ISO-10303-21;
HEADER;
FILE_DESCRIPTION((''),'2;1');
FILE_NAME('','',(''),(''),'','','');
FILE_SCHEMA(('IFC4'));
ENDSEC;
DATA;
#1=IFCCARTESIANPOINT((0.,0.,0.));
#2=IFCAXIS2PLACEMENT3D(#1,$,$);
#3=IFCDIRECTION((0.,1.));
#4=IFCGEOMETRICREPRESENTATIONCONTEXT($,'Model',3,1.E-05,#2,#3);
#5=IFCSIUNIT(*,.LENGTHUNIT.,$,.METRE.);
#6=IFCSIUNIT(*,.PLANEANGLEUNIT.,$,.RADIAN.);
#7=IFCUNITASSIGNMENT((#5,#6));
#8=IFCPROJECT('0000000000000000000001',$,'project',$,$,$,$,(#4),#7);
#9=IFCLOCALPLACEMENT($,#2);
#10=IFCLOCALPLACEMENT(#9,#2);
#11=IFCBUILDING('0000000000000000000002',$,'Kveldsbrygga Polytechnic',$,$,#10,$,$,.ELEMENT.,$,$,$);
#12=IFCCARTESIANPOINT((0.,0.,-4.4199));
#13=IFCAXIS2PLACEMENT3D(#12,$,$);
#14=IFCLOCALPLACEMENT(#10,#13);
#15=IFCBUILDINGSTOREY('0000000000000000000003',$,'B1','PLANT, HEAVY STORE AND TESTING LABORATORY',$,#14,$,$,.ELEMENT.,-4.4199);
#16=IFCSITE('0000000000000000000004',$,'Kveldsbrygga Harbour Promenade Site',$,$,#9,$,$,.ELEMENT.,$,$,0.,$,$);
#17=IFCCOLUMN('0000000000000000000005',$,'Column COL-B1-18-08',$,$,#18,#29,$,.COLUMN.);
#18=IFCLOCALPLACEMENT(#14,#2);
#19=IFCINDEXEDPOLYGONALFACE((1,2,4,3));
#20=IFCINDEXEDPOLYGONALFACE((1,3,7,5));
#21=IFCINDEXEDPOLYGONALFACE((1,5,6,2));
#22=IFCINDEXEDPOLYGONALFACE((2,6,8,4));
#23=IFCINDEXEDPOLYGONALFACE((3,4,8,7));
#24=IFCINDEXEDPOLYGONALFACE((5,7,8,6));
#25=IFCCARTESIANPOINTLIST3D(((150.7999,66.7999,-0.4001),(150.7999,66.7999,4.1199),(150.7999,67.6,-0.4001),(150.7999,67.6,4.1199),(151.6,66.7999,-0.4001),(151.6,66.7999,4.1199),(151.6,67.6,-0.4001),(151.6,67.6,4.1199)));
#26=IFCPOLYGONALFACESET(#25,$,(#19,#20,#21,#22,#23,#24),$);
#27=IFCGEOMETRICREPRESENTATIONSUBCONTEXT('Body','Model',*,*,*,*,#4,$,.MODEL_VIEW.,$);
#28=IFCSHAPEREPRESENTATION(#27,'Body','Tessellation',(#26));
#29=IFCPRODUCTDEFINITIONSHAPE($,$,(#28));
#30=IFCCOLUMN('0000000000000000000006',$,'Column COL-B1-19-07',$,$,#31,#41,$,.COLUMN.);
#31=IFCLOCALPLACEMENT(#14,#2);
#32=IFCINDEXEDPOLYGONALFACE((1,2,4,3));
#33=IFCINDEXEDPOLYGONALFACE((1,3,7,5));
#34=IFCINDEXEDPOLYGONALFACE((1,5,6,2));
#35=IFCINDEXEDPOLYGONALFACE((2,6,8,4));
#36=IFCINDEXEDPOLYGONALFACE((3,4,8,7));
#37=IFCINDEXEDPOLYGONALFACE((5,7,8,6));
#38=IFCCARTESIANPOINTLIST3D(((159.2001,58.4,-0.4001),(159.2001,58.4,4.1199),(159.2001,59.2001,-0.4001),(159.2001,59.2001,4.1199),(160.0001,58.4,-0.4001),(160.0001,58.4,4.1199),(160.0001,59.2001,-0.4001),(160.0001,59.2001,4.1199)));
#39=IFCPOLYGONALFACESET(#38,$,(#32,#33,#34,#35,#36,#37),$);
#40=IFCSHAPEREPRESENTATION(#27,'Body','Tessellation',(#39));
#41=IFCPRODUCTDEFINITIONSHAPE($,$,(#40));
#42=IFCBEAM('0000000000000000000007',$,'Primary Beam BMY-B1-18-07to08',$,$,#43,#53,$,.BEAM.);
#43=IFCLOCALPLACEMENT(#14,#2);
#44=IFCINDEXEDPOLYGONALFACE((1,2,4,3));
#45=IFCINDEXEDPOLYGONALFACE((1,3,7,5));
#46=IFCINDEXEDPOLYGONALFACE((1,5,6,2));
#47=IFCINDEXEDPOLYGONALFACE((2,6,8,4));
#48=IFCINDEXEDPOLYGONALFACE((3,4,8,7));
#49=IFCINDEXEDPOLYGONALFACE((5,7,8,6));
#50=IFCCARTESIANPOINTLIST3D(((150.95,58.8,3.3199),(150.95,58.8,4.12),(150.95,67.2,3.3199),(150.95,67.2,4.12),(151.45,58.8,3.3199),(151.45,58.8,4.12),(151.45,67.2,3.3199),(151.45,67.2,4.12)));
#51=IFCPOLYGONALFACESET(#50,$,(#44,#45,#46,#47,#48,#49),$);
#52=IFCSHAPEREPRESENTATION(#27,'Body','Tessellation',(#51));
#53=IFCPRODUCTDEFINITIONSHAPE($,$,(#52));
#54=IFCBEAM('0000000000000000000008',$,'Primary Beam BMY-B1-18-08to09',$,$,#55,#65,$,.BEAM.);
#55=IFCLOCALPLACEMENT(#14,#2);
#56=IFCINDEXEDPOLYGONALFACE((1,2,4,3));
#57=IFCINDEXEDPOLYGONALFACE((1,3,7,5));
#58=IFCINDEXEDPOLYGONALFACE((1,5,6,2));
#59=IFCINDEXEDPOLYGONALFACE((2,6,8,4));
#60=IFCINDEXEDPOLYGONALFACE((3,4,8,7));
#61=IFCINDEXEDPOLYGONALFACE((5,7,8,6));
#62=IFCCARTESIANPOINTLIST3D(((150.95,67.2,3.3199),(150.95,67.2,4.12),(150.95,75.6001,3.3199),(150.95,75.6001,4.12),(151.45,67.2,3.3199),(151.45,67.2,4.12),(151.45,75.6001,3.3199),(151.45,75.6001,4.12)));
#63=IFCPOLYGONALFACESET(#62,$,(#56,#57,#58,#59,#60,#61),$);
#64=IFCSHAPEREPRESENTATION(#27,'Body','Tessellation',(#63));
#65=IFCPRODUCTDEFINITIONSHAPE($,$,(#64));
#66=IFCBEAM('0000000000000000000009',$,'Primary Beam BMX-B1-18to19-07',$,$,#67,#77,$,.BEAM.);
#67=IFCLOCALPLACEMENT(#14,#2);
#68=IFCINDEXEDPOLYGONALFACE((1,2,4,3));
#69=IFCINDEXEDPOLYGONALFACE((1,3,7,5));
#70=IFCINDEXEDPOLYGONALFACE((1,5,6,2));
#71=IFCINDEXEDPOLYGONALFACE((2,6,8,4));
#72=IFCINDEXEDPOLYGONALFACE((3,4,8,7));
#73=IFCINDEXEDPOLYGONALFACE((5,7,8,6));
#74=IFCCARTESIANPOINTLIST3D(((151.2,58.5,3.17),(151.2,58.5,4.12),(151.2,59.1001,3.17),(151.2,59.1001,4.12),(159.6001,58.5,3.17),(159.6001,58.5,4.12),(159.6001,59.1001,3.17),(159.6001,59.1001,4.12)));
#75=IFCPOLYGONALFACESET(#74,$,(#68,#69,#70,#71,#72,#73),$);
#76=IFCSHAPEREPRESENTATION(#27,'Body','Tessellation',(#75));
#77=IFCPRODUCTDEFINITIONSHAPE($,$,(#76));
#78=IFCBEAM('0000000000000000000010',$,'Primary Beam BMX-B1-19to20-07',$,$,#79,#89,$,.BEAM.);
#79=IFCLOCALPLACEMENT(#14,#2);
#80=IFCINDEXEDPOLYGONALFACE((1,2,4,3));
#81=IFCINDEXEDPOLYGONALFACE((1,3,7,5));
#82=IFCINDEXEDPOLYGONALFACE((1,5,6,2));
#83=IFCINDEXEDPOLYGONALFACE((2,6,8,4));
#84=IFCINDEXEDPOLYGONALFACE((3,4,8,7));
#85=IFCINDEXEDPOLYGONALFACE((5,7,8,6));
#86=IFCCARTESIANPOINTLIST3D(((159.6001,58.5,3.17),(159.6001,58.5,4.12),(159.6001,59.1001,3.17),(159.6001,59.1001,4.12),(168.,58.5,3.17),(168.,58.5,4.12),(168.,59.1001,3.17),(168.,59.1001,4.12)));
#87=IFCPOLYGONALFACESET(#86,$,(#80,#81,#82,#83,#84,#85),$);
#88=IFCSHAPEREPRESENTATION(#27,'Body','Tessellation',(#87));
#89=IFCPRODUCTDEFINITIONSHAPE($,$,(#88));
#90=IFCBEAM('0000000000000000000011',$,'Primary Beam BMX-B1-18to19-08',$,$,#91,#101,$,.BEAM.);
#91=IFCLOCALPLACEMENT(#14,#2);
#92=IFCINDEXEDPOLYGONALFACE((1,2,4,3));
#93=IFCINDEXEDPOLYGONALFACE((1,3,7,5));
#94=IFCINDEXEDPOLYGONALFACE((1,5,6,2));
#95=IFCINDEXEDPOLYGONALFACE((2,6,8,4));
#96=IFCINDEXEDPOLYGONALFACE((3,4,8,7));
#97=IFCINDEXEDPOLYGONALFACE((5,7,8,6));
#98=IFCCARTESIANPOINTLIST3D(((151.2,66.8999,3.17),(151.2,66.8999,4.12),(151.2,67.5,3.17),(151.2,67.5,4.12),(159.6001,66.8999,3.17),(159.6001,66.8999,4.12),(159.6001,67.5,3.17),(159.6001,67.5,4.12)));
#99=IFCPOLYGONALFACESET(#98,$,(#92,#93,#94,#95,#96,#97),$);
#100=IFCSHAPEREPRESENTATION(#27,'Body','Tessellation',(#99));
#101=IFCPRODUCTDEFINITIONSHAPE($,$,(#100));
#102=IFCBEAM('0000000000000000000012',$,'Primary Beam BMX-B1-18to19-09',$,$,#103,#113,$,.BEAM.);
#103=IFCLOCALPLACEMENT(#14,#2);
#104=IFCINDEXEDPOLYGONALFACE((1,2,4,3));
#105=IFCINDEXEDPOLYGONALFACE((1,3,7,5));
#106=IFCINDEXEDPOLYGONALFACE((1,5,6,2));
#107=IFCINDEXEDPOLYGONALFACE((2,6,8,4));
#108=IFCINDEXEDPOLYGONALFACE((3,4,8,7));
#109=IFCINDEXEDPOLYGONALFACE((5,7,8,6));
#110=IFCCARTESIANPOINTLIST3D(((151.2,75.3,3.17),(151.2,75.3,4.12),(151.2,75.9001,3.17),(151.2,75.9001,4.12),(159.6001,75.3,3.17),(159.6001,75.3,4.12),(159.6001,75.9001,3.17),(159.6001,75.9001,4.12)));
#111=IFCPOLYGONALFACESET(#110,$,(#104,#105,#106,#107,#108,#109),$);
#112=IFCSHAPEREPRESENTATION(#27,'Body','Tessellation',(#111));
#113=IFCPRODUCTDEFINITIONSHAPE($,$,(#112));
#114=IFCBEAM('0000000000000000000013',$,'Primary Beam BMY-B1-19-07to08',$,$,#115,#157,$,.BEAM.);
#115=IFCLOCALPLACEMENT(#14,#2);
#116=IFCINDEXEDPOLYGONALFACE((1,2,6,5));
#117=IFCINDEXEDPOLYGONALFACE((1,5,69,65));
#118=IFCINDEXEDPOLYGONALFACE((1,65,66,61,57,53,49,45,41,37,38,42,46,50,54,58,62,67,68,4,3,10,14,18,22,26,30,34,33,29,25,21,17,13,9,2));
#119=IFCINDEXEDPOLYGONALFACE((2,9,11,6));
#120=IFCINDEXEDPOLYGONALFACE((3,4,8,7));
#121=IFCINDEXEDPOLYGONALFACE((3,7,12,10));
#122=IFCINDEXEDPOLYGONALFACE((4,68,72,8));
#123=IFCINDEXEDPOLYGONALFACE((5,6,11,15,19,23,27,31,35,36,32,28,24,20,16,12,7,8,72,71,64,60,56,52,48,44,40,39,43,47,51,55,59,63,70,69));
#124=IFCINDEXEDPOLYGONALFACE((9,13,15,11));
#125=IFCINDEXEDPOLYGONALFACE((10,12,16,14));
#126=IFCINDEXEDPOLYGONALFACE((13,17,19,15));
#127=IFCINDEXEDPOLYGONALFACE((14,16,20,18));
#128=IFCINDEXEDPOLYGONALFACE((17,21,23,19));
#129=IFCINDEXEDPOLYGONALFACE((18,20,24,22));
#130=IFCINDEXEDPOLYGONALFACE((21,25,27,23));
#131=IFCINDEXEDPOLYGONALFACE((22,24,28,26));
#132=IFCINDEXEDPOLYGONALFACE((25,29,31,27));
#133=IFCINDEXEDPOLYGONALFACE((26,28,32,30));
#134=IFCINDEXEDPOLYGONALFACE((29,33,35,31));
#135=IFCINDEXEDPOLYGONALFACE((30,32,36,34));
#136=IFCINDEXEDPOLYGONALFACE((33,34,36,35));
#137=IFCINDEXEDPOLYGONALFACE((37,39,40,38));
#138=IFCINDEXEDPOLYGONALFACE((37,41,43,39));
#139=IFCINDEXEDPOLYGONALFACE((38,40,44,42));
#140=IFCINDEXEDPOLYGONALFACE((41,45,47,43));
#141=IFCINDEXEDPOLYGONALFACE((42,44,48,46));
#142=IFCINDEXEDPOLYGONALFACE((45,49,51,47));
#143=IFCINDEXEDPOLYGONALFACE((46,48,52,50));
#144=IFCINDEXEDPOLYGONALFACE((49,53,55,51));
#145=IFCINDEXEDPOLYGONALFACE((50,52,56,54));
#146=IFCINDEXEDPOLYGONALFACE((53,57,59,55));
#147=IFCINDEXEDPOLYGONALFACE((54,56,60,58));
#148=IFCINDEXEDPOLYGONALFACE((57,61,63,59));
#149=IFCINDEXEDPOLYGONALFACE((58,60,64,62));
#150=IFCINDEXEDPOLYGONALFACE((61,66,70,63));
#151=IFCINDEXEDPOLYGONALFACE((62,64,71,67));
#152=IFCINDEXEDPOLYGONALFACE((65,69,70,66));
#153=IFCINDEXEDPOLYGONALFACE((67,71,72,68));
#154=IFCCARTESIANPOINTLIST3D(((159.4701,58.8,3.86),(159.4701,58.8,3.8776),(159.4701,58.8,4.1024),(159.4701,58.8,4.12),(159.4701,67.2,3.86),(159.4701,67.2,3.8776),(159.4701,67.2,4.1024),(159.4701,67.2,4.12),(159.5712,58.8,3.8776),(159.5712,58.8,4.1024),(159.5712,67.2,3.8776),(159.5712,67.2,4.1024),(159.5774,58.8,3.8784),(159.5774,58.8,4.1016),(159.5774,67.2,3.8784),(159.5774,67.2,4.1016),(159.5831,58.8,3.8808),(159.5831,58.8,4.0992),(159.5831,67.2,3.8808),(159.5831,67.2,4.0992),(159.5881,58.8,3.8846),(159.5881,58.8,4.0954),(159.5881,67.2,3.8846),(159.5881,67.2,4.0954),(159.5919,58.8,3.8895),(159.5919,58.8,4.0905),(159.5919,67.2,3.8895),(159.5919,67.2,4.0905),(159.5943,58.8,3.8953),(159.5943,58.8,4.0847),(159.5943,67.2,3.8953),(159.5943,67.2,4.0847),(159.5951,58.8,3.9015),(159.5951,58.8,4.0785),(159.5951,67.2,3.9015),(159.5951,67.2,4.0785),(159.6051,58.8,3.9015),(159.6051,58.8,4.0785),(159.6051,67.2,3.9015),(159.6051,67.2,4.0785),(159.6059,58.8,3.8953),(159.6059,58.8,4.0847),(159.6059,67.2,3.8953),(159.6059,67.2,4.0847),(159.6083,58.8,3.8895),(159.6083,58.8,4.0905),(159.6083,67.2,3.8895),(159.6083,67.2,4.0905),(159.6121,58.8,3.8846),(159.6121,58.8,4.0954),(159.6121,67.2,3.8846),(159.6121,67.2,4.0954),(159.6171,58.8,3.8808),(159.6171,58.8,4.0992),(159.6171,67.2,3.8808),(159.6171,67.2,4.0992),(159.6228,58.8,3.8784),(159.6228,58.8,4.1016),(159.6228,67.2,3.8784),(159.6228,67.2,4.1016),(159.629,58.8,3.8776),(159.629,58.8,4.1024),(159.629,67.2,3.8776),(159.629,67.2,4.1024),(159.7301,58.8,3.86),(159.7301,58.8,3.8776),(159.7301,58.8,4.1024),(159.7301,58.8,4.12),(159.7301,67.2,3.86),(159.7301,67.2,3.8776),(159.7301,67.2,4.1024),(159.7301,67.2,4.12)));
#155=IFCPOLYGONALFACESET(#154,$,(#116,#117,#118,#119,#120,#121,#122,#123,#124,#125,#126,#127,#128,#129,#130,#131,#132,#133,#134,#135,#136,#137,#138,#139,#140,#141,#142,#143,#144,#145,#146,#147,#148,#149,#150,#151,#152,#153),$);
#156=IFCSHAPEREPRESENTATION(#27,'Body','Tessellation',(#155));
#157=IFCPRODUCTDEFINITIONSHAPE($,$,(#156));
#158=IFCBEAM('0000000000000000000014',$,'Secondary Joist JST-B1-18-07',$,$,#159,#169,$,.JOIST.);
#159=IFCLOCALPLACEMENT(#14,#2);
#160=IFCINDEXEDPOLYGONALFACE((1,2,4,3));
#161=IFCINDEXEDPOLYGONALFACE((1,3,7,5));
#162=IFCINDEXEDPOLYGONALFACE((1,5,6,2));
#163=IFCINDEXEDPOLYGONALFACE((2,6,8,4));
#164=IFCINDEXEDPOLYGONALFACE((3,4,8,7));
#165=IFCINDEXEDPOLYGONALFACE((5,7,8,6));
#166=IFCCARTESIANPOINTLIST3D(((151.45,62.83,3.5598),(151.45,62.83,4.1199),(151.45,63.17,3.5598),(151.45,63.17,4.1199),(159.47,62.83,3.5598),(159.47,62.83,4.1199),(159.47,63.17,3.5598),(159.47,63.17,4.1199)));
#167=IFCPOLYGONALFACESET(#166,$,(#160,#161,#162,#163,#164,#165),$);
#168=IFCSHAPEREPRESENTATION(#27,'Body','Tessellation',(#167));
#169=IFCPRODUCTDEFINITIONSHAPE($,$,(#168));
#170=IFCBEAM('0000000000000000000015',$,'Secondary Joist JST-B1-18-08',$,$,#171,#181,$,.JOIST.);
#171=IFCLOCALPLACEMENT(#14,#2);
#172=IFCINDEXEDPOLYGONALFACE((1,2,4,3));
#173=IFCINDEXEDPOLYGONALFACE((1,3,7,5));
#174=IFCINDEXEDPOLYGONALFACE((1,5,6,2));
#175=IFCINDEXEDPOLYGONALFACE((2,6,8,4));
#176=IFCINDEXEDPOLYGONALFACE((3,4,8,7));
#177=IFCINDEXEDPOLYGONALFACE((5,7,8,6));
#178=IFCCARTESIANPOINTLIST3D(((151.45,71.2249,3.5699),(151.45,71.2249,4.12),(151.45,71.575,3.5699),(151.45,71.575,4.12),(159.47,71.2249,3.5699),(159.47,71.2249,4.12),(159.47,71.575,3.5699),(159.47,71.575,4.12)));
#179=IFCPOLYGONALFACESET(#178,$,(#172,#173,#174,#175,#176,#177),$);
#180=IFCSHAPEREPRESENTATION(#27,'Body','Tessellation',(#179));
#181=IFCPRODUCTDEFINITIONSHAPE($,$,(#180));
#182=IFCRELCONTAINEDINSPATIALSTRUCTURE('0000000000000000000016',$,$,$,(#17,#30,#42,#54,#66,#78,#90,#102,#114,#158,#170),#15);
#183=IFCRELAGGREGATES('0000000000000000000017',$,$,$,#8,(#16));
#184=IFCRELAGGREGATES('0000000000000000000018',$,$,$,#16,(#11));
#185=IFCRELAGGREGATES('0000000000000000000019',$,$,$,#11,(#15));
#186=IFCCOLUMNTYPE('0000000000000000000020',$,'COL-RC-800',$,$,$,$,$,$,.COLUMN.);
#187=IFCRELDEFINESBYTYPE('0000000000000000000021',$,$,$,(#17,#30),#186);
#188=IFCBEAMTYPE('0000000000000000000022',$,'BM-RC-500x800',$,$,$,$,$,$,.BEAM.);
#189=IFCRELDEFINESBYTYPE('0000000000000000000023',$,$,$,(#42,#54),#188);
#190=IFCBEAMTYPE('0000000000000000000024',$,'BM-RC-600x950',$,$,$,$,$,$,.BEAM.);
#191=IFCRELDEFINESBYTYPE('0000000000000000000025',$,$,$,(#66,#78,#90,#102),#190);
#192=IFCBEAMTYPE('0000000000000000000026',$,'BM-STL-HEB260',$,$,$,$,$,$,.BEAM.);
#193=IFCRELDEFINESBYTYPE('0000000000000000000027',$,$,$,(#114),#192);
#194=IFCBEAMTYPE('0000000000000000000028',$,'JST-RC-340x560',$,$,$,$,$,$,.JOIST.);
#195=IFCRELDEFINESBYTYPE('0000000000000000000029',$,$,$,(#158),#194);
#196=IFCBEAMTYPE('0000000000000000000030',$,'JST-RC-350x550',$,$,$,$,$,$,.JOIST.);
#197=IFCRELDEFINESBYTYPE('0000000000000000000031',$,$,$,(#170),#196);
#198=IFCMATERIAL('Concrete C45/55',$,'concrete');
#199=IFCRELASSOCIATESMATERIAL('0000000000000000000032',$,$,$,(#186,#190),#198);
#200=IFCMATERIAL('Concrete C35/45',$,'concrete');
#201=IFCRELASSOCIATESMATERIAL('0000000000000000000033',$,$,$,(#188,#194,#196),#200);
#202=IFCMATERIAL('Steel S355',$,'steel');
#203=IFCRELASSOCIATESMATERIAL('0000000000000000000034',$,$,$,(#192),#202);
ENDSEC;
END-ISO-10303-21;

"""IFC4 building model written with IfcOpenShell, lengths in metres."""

from ifc_helpers import new_model, si_unit, direction, frame, origin, origin_2d, place, context, subcontext, project, spatial, rectangle, i_section, extrude, material, material_profile, profile_set, type_object, element, save


model = new_model("IFC4")

# Units and contexts
model_context = context("Model", 3, precision=1e-05, world=origin(), true_north=direction((0.0, 1.0)))
body_context = subcontext(model_context, "Body", "Model", "MODEL_VIEW")
ifc_project = project(units=[si_unit("LENGTHUNIT", "METRE"), si_unit("PLANEANGLEUNIT", "RADIAN")], contexts=[model_context])

# Site, building, storey
site_placement = place(None, origin())
site = spatial("IfcSite", under=ifc_project, at=site_placement, Name="Kveldsbrygga Harbour Promenade Site", CompositionType="ELEMENT", RefElevation=0.0)
building_placement = place(site_placement, origin())
building = spatial("IfcBuilding", under=site, at=building_placement, Name="Kveldsbrygga Polytechnic", CompositionType="ELEMENT")
storey_placement = place(building_placement, frame((0.0, 0.0, -4.4199)))
storey = spatial("IfcBuildingStorey", under=building, at=storey_placement, Name="B1", Description="PLANT, HEAVY STORE AND TESTING LABORATORY", CompositionType="ELEMENT", Elevation=-4.4199)

# Shared definitions
ifc_material_1 = material(Name="Concrete C45/55", Category="concrete")

# Columns
ifc_material_profile_1 = material_profile(ifc_material_1, rectangle(XDim=0.8, YDim=0.8, at=origin_2d()), Name="RC 800x800")
ifc_profile_set_1 = profile_set([ifc_material_profile_1], Name="Concrete C45/55")
column_type_1 = type_object("IfcColumnType", Name="COL-RC-800", PredefinedType="COLUMN", material=ifc_profile_set_1)
for number, where, z_axis, x_axis, name in (
    (1, (151.2, 67.2, -0.4001), (0.0, 0.0, 1.0), (1.0, 0.0, 0.0), "Column COL-B1-18-08"),
    (2, (159.6001, 58.8, -0.4001), (0.0, 0.0, 1.0), (1.0, 0.0, 0.0), "Column COL-B1-19-07"),
):
    element("IfcColumn", number, at=place(storey_placement, frame(where, z_axis=z_axis, x_axis=x_axis)), inside=storey, type_object=column_type_1, Name=name, PredefinedType="COLUMN", context=body_context, shape_type="SweptSolid", body=[
        extrude(rectangle(XDim=0.8, YDim=0.8, at=origin_2d()), origin(), (0.0, 0.0, 1.0), 4.52),
    ])

# Beams
ifc_material_2 = material(Name="Concrete C35/45", Category="concrete")
ifc_material_profile_2 = material_profile(ifc_material_2, rectangle(XDim=0.5, YDim=0.8, at=origin_2d()), Name="RC 500x800")
ifc_profile_set_2 = profile_set([ifc_material_profile_2], Name="Concrete C35/45")
beam_type_1 = type_object("IfcBeamType", Name="BM-RC-500x800", PredefinedType="BEAM", material=ifc_profile_set_2)
beam_1_placement = place(storey_placement, frame((151.2, 58.8, 3.72), z_axis=(0.0, 1.0, 0.0), x_axis=(-1.0, 0.0, 0.0)))
element("IfcBeam", 3, at=beam_1_placement, inside=storey, type_object=beam_type_1, Name="Primary Beam BMY-B1-18-07to08", PredefinedType="BEAM", context=body_context, shape_type="SweptSolid", body=[
    extrude(rectangle(XDim=0.5, YDim=0.8, at=origin_2d()), origin(), (0.0, 0.0, 1.0), 8.3999),
])
beam_2_placement = place(storey_placement, frame((151.2, 67.2, 3.72), z_axis=(0.0, 1.0, 0.0), x_axis=(-1.0, 0.0, 0.0)))
element("IfcBeam", 4, at=beam_2_placement, inside=storey, type_object=beam_type_1, Name="Primary Beam BMY-B1-18-08to09", PredefinedType="BEAM", context=body_context, shape_type="SweptSolid", body=[
    extrude(rectangle(XDim=0.5, YDim=0.8, at=origin_2d()), origin(), (0.0, 0.0, 1.0), 8.4001),
])
ifc_material_profile_3 = material_profile(ifc_material_1, rectangle(XDim=0.6001, YDim=0.95, at=origin_2d()), Name="RC 600x950")
ifc_profile_set_3 = profile_set([ifc_material_profile_3], Name="Concrete C45/55")
beam_type_2 = type_object("IfcBeamType", Name="BM-RC-600x950", PredefinedType="BEAM", material=ifc_profile_set_3)
beam_3_placement = place(storey_placement, frame((151.2, 58.8, 3.645), z_axis=(1.0, 0.0, 0.0), x_axis=(0.0, 1.0, 0.0)))
element("IfcBeam", 5, at=beam_3_placement, inside=storey, type_object=beam_type_2, Name="Primary Beam BMX-B1-18to19-07", PredefinedType="BEAM", context=body_context, shape_type="SweptSolid", body=[
    extrude(rectangle(XDim=0.6001, YDim=0.95, at=origin_2d()), origin(), (0.0, 0.0, 1.0), 8.4001),
])
beam_4_placement = place(storey_placement, frame((159.6001, 58.8, 3.645), z_axis=(1.0, 0.0, 0.0), x_axis=(0.0, 1.0, 0.0)))
element("IfcBeam", 6, at=beam_4_placement, inside=storey, type_object=beam_type_2, Name="Primary Beam BMX-B1-19to20-07", PredefinedType="BEAM", context=body_context, shape_type="SweptSolid", body=[
    extrude(rectangle(XDim=0.6001, YDim=0.95, at=origin_2d()), origin(), (0.0, 0.0, 1.0), 8.3999),
])
for number, where, z_axis, x_axis, name in (
    (7, (151.2, 67.2, 3.645), (1.0, 0.0, 0.0), (0.0, 1.0, 0.0), "Primary Beam BMX-B1-18to19-08"),
    (8, (151.2, 75.6001, 3.645), (1.0, 0.0, 0.0), (0.0, 1.0, 0.0), "Primary Beam BMX-B1-18to19-09"),
):
    element("IfcBeam", number, at=place(storey_placement, frame(where, z_axis=z_axis, x_axis=x_axis)), inside=storey, type_object=beam_type_2, Name=name, PredefinedType="BEAM", context=body_context, shape_type="SweptSolid", body=[
        extrude(rectangle(XDim=0.6001, YDim=0.95, at=origin_2d()), origin(), (0.0, 0.0, 1.0), 8.4001),
    ])
ifc_material_3 = material(Name="Steel S355", Category="steel")
ifc_material_profile_4 = material_profile(ifc_material_3, i_section(OverallWidth=0.26, OverallDepth=0.26, WebThickness=0.01, FlangeThickness=0.0176, FilletRadius=0.0239, at=origin_2d()), Name="HEB 260")
ifc_profile_set_4 = profile_set([ifc_material_profile_4], Name="Steel S355")
beam_type_3 = type_object("IfcBeamType", Name="BM-STL-HEB260", PredefinedType="BEAM", material=ifc_profile_set_4)
beam_5_placement = place(storey_placement, frame((159.6001, 58.8, 3.99), z_axis=(0.0, 1.0, 0.0), x_axis=(-1.0, 0.0, 0.0)))
element("IfcBeam", 9, at=beam_5_placement, inside=storey, type_object=beam_type_3, Name="Primary Beam BMY-B1-19-07to08", PredefinedType="BEAM", context=body_context, shape_type="SweptSolid", body=[
    extrude(i_section(OverallWidth=0.26, OverallDepth=0.26, WebThickness=0.01, FlangeThickness=0.0176, FilletRadius=0.0239, at=origin_2d()), origin(), (0.0, 0.0, 1.0), 8.3999),
])
ifc_material_profile_5 = material_profile(ifc_material_2, rectangle(XDim=0.3401, YDim=0.5601, at=origin_2d()), Name="RC 340x560")
ifc_profile_set_5 = profile_set([ifc_material_profile_5], Name="Concrete C35/45")
beam_type_4 = type_object("IfcBeamType", Name="JST-RC-340x560", PredefinedType="JOIST", material=ifc_profile_set_5)
beam_6_placement = place(storey_placement, frame((151.45, 63.0, 3.8398), z_axis=(1.0, 0.0, 0.0), x_axis=(0.0, 1.0, 0.0)))
element("IfcBeam", 10, at=beam_6_placement, inside=storey, type_object=beam_type_4, Name="Secondary Joist JST-B1-18-07", PredefinedType="JOIST", context=body_context, shape_type="SweptSolid", body=[
    extrude(rectangle(XDim=0.3401, YDim=0.5601, at=origin_2d()), origin(), (0.0, 0.0, 1.0), 8.02),
])
ifc_material_profile_6 = material_profile(ifc_material_2, rectangle(XDim=0.3501, YDim=0.55, at=origin_2d()), Name="RC 350x550")
ifc_profile_set_6 = profile_set([ifc_material_profile_6], Name="Concrete C35/45")
beam_type_5 = type_object("IfcBeamType", Name="JST-RC-350x550", PredefinedType="JOIST", material=ifc_profile_set_6)
beam_7_placement = place(storey_placement, frame((151.45, 71.3999, 3.845), z_axis=(1.0, 0.0, 0.0), x_axis=(0.0, 1.0, 0.0)))
element("IfcBeam", 11, at=beam_7_placement, inside=storey, type_object=beam_type_5, Name="Secondary Joist JST-B1-18-08", PredefinedType="JOIST", context=body_context, shape_type="SweptSolid", body=[
    extrude(rectangle(XDim=0.3501, YDim=0.55, at=origin_2d()), origin(), (0.0, 0.0, 1.0), 8.02),
])

save(model, "model.ifc")
